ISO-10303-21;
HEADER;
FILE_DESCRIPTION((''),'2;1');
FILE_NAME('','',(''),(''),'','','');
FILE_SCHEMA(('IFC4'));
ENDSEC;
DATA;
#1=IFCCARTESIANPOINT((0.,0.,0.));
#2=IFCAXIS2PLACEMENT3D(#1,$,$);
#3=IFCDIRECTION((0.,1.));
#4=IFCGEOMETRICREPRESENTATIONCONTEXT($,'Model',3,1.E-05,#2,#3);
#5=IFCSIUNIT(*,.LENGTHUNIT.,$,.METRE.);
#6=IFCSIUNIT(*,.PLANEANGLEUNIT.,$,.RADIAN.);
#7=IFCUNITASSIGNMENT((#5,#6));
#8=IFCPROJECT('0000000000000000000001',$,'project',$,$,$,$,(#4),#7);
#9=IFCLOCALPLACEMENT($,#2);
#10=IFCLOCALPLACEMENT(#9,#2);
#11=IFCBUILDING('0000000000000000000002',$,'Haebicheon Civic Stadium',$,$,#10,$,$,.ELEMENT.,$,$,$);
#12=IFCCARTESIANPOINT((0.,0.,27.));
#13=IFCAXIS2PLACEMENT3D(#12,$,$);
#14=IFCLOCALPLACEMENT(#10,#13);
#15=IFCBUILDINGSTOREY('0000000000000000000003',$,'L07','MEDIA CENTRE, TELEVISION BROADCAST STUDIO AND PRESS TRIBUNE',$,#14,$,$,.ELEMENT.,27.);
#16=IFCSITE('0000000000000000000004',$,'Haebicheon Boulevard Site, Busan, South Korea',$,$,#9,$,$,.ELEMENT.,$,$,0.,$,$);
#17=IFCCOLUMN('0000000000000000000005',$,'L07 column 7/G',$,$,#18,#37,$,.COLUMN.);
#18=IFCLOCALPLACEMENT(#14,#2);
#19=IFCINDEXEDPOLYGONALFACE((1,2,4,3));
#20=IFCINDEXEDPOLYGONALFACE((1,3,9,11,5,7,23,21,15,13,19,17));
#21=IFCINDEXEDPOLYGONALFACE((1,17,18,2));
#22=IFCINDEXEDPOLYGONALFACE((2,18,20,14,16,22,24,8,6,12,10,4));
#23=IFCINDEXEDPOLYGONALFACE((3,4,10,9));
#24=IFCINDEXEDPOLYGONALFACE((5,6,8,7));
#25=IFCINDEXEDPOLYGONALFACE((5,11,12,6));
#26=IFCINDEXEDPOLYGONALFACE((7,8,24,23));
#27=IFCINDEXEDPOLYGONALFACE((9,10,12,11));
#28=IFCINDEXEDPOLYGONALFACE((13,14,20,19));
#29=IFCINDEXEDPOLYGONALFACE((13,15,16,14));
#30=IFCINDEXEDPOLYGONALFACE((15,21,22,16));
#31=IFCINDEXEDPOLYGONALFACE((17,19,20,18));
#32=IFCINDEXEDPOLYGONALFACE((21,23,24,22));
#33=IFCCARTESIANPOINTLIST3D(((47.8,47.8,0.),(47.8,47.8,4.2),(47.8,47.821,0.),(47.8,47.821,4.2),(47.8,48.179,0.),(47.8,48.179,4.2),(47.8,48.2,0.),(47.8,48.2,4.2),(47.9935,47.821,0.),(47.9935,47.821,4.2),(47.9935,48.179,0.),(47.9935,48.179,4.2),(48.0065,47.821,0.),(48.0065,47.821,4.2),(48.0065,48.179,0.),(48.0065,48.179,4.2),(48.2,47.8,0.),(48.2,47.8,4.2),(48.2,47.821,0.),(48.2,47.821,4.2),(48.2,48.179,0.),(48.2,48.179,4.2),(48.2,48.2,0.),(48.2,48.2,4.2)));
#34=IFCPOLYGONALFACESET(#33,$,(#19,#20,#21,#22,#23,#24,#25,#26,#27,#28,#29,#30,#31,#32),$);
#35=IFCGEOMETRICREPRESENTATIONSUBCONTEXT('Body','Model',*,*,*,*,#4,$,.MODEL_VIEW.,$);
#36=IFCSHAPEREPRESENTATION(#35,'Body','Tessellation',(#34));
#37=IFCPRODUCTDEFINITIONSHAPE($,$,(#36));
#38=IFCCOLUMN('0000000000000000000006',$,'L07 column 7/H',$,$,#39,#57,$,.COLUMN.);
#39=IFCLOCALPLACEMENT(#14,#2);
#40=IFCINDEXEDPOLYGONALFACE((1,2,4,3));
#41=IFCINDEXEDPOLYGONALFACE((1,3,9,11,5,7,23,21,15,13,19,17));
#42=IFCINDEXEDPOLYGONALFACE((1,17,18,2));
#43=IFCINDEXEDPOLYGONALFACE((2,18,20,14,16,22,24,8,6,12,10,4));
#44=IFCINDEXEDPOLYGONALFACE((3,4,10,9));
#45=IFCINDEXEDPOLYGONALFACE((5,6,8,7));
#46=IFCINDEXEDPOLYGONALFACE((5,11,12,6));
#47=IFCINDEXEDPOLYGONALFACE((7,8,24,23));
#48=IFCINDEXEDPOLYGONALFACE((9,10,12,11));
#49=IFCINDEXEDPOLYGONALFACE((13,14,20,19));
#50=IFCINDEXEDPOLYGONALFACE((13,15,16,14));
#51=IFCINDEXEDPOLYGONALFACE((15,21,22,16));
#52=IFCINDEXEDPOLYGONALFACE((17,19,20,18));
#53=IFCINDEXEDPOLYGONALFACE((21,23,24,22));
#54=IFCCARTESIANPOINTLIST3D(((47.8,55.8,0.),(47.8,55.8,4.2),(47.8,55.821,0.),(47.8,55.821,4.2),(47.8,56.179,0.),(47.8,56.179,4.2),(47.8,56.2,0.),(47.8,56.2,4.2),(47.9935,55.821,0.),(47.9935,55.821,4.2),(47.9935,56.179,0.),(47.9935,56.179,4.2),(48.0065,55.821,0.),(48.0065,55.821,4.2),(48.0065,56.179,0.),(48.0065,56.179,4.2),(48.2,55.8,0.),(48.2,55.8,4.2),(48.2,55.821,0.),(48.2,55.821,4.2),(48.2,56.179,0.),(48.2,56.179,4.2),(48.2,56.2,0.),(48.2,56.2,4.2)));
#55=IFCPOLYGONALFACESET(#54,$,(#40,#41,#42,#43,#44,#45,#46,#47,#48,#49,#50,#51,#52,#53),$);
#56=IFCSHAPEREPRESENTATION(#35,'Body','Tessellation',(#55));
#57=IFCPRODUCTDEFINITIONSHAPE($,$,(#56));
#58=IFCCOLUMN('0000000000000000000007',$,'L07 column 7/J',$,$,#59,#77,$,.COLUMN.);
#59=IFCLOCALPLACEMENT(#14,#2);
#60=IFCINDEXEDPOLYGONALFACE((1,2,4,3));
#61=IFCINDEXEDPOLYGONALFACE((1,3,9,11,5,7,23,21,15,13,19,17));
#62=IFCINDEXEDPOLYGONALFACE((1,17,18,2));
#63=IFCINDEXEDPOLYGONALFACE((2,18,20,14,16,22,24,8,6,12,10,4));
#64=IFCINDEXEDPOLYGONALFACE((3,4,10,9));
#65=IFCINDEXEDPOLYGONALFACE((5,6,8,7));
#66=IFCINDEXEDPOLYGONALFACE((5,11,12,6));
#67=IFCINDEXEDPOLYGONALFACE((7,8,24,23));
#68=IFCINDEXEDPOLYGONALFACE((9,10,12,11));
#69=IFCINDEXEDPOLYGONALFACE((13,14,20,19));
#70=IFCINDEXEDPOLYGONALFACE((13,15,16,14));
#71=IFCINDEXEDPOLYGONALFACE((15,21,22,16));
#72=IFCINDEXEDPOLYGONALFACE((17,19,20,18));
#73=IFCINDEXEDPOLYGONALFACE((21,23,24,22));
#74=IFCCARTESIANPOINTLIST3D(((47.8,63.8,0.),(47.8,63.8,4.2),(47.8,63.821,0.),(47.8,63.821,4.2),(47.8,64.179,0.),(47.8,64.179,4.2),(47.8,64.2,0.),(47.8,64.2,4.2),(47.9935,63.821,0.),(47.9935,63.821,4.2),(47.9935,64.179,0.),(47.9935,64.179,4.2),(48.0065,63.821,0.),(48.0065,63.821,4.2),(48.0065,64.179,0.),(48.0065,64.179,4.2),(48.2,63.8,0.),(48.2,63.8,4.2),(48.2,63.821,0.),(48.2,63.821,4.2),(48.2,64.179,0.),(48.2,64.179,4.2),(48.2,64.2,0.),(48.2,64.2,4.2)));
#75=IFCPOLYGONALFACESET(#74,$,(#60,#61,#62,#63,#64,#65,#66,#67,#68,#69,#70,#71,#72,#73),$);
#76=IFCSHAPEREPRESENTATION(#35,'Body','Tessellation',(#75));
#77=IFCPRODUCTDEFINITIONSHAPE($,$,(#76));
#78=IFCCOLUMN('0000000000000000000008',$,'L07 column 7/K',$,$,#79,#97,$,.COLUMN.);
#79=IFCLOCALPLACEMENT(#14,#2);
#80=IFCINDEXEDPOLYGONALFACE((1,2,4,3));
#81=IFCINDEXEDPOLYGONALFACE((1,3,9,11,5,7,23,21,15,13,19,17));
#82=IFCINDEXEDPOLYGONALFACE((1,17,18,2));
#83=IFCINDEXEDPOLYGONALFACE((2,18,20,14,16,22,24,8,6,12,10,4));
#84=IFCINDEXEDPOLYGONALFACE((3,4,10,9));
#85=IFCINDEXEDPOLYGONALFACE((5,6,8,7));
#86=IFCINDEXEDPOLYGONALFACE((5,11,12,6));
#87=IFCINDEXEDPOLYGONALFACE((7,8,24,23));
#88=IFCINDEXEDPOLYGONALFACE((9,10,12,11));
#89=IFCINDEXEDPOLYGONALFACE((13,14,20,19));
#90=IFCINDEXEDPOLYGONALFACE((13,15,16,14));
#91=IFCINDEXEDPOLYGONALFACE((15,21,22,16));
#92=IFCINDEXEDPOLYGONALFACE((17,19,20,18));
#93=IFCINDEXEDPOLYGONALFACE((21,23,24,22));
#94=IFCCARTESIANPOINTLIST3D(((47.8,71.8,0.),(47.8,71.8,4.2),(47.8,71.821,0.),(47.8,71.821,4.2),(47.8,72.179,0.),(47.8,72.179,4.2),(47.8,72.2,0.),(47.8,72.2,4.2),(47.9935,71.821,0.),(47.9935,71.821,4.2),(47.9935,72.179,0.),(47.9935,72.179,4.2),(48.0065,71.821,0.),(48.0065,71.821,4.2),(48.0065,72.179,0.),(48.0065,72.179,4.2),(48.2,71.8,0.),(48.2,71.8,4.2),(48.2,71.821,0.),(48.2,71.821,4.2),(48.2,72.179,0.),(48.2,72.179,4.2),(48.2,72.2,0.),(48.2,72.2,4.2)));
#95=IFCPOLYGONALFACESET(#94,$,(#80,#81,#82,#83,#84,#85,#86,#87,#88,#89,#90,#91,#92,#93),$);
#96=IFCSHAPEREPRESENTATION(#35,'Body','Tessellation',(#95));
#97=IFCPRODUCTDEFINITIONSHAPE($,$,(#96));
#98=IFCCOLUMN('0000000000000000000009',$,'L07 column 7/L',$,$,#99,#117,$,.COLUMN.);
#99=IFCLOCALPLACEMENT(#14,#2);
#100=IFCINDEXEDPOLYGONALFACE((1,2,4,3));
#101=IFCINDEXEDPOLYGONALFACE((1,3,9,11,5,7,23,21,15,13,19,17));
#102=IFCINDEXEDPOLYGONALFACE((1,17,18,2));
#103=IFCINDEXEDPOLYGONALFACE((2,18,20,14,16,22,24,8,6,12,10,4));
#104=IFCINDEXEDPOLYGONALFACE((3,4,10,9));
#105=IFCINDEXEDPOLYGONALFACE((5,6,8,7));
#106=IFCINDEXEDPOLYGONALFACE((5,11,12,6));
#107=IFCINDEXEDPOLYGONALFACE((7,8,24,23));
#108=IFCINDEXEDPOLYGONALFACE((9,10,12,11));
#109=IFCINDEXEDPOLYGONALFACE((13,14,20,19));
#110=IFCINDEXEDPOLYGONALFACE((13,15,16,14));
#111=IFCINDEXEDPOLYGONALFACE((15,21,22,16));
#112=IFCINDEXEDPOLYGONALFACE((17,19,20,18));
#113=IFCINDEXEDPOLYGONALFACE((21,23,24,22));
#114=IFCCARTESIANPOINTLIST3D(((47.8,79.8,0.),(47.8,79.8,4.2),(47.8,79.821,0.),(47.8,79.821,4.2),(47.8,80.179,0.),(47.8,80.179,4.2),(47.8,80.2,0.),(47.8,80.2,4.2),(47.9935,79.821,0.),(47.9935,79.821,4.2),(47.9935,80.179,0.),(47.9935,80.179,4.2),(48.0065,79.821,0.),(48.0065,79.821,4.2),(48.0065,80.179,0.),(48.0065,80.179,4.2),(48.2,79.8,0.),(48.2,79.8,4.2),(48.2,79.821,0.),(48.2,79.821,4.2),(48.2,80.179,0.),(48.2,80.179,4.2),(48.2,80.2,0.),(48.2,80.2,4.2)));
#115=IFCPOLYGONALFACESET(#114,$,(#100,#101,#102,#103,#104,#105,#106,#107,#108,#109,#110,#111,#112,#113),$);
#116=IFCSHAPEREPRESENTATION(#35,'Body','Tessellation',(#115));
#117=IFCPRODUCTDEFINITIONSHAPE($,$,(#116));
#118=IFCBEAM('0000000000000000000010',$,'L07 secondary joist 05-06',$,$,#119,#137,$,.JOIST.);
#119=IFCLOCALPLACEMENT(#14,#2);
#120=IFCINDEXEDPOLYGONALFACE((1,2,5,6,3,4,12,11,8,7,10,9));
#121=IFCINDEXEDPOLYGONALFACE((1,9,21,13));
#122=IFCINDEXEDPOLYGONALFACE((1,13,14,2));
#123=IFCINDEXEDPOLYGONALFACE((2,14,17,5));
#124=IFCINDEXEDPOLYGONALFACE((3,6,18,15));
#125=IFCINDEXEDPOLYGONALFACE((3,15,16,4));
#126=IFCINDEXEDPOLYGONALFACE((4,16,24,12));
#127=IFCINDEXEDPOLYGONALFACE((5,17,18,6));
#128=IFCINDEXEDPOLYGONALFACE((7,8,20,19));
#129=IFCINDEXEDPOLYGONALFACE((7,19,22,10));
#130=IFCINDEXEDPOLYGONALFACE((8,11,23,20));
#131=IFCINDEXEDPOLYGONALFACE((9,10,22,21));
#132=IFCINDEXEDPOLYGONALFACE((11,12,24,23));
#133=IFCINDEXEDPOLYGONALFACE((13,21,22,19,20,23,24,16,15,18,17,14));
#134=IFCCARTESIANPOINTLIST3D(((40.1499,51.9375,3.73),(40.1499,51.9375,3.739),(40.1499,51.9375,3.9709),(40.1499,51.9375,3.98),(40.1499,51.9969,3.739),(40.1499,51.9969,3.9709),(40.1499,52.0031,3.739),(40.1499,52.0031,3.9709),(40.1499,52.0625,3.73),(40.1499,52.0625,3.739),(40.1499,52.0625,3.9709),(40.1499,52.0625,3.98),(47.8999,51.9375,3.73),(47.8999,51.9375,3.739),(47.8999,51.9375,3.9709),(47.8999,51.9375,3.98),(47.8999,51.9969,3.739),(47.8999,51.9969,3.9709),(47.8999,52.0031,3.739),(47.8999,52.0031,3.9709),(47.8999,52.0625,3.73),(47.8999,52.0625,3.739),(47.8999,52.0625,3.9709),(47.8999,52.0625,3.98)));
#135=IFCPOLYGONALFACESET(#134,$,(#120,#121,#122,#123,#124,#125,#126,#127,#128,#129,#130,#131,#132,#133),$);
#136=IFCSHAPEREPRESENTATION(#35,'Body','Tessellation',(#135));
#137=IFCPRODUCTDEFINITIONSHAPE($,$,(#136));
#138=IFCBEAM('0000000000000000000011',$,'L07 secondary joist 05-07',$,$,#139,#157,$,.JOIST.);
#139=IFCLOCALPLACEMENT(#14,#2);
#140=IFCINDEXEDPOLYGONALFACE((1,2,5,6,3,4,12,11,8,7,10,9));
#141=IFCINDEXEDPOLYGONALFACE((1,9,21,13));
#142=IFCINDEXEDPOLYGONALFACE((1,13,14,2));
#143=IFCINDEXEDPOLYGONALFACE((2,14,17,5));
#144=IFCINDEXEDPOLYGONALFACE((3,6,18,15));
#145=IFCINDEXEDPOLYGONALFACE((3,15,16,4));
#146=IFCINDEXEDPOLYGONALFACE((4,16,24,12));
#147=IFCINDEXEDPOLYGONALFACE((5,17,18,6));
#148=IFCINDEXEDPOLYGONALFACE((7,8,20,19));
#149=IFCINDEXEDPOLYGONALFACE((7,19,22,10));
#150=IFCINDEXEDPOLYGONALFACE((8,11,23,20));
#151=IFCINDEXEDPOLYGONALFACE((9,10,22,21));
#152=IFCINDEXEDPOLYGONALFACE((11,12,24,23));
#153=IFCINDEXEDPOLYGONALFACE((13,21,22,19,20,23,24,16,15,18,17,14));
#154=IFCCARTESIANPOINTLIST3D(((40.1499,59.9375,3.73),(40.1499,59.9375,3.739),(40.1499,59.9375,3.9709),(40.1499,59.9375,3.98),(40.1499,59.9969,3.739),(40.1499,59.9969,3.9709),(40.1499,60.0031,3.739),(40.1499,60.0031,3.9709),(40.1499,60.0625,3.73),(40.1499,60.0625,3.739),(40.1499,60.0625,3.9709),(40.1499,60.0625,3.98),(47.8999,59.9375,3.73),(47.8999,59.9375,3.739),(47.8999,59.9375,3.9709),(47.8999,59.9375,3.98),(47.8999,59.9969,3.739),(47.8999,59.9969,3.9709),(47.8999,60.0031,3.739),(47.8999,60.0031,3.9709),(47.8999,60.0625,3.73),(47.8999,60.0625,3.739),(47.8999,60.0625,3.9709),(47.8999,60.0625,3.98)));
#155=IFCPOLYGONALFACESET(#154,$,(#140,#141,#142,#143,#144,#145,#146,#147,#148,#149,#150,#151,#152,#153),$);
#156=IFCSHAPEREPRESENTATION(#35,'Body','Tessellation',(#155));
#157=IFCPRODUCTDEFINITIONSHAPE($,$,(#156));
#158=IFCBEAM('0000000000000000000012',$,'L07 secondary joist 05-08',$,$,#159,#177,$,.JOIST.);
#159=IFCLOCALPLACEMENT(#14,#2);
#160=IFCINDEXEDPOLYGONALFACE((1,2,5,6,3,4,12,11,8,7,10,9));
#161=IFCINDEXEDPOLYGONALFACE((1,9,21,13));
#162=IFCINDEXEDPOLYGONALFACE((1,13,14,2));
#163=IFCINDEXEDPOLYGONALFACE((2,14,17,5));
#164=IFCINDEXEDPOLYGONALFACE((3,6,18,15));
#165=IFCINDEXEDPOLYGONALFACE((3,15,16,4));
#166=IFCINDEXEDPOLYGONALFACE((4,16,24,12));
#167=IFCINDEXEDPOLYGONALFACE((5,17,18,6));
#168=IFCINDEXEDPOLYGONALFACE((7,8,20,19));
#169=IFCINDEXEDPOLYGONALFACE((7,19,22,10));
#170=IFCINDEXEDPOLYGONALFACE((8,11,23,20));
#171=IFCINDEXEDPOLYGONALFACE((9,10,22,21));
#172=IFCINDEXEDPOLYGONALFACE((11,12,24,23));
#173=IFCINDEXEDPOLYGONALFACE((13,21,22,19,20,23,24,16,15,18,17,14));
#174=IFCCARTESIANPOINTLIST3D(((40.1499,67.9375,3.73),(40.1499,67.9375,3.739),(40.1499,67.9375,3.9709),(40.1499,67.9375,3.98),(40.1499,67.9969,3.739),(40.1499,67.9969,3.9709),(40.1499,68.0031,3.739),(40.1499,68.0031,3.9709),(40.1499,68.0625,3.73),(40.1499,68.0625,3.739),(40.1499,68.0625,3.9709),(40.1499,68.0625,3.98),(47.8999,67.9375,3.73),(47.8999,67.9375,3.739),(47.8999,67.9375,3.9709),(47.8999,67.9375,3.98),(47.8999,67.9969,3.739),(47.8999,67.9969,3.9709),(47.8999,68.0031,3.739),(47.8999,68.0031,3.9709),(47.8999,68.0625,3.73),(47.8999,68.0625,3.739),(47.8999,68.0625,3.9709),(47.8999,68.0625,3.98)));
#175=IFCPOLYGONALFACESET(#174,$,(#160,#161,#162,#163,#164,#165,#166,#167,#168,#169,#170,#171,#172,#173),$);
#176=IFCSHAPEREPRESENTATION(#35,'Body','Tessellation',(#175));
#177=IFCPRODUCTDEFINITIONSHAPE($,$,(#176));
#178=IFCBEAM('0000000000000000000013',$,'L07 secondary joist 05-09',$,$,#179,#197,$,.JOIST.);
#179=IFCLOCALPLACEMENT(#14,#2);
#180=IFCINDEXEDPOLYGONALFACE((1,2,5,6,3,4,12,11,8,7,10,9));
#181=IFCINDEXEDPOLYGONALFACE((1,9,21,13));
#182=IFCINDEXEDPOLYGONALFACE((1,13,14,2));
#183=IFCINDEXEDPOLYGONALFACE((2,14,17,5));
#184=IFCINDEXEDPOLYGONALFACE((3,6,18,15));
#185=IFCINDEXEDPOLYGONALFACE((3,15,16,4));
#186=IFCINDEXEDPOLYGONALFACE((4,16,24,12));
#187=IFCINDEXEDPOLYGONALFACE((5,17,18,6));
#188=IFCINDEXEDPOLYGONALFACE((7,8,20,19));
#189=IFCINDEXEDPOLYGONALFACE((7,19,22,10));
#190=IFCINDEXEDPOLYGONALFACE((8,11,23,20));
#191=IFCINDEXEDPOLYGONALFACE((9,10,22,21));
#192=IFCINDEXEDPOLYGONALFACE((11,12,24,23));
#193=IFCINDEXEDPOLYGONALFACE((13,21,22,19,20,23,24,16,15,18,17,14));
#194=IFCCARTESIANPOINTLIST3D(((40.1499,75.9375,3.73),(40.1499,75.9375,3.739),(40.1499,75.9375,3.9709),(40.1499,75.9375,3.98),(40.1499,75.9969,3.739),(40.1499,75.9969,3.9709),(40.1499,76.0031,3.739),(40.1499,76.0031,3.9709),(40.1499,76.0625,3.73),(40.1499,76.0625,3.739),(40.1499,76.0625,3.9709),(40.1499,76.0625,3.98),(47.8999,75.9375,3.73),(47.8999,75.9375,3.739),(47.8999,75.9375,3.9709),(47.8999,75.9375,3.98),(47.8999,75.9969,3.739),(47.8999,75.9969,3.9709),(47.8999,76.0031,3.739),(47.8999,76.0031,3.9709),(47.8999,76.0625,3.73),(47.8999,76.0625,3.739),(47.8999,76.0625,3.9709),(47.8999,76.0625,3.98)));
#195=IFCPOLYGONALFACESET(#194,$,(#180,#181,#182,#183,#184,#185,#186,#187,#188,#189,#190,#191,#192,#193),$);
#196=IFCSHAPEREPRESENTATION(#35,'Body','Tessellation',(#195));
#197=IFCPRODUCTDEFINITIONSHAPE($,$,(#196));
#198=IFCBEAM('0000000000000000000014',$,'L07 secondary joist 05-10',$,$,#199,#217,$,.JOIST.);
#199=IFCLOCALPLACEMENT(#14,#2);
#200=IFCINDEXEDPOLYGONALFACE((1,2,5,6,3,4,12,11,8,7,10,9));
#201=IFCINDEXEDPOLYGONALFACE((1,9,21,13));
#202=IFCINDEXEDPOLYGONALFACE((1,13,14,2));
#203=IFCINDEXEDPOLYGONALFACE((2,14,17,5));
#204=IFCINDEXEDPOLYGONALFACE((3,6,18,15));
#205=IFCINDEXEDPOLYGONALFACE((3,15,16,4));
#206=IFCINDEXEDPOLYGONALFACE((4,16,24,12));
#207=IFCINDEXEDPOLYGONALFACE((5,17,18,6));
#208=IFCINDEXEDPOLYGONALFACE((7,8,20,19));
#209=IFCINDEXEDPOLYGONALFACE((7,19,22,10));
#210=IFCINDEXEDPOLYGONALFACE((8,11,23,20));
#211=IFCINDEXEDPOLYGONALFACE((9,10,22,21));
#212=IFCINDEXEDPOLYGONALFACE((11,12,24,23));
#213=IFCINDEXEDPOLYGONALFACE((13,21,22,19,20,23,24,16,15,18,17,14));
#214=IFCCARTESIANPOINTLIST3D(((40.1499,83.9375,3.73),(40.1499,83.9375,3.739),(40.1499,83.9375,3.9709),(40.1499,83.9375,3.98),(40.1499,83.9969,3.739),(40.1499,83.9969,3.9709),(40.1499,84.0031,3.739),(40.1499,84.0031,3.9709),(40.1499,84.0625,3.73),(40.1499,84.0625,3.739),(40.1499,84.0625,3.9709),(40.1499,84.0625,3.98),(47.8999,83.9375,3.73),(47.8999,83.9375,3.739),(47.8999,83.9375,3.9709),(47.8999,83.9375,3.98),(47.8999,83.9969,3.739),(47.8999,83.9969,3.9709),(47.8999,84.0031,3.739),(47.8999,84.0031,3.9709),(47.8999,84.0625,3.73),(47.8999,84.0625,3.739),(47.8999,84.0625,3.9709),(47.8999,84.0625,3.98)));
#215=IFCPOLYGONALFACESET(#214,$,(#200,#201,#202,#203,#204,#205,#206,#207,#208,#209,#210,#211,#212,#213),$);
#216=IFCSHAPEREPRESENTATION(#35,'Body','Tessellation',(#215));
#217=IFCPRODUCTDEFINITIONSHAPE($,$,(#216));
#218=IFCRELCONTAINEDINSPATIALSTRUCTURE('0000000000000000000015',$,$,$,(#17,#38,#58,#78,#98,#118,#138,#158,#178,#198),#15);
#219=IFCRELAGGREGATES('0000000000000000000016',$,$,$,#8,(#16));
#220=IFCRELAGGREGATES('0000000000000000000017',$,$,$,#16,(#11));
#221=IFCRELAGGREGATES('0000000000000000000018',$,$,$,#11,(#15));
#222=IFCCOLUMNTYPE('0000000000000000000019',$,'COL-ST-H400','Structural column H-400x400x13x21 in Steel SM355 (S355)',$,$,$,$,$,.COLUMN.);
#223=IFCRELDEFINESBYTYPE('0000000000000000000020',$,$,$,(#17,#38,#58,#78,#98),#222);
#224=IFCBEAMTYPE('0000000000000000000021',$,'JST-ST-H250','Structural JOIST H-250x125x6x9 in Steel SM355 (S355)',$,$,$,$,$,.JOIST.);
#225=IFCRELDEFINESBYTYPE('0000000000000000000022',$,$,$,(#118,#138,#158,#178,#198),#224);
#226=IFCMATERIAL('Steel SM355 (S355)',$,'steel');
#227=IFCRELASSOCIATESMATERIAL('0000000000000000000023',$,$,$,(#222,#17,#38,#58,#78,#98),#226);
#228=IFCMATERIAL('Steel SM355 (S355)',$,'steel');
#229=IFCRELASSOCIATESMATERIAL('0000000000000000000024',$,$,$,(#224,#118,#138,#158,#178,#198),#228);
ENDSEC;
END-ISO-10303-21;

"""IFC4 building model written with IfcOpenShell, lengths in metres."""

from ifc_helpers import new_model, si_unit, direction, frame, origin, origin_2d, place, context, subcontext, project, spatial, i_section, extrude, material, material_profile, profile_set, type_object, element, save


model = new_model("IFC4")

# Units and contexts
model_context = context("Model", 3, precision=1e-05, world=origin(), true_north=direction((0.0, 1.0)))
body_context = subcontext(model_context, "Body", "Model", "MODEL_VIEW")
ifc_project = project(units=[si_unit("LENGTHUNIT", "METRE"), si_unit("PLANEANGLEUNIT", "RADIAN")], contexts=[model_context])

# Site, building, storey
site_placement = place(None, origin())
site = spatial("IfcSite", under=ifc_project, at=site_placement, Name="Haebicheon Boulevard Site, Busan, South Korea", CompositionType="ELEMENT", RefElevation=0.0)
building_placement = place(site_placement, origin())
building = spatial("IfcBuilding", under=site, at=building_placement, Name="Haebicheon Civic Stadium", CompositionType="ELEMENT")
storey_placement = place(building_placement, frame((0.0, 0.0, 27.0)))
storey = spatial("IfcBuildingStorey", under=building, at=storey_placement, Name="L07", Description="MEDIA CENTRE, TELEVISION BROADCAST STUDIO AND PRESS TRIBUNE", CompositionType="ELEMENT", Elevation=27.0)

# Columns
ifc_material_1 = material(Name="Steel SM355 (S355)", Category="steel")
ifc_material_profile_1 = material_profile(ifc_material_1, i_section(OverallWidth=0.3999, OverallDepth=0.3999, WebThickness=0.0129, FlangeThickness=0.021, at=origin_2d()), Name="H-400x400x13x21")
ifc_profile_set_1 = profile_set([ifc_material_profile_1], Name="Steel SM355 (S355)")
column_type = type_object("IfcColumnType", Name="COL-ST-H400", Description="Structural column H-400x400x13x21 in Steel SM355 (S355)", PredefinedType="COLUMN", material=ifc_profile_set_1)
for number, where, z_axis, x_axis, name in (
    (1, (48.0, 48.0, 0.0), (0.0, 0.0, 1.0), (1.0, 0.0, 0.0), "L07 column 7/G"),
    (2, (48.0, 56.0, 0.0), (0.0, 0.0, 1.0), (1.0, 0.0, 0.0), "L07 column 7/H"),
    (3, (48.0, 64.0, 0.0), (0.0, 0.0, 1.0), (1.0, 0.0, 0.0), "L07 column 7/J"),
    (4, (48.0, 72.0, 0.0), (0.0, 0.0, 1.0), (1.0, 0.0, 0.0), "L07 column 7/K"),
    (5, (48.0, 80.0, 0.0), (0.0, 0.0, 1.0), (1.0, 0.0, 0.0), "L07 column 7/L"),
):
    element("IfcColumn", number, at=place(storey_placement, frame(where, z_axis=z_axis, x_axis=x_axis)), inside=storey, type_object=column_type, material=ifc_profile_set_1, Name=name, PredefinedType="COLUMN", context=body_context, shape_type="SweptSolid", body=[
        extrude(i_section(OverallWidth=0.3999, OverallDepth=0.3999, WebThickness=0.0129, FlangeThickness=0.021, at=origin_2d()), origin(), (0.0, 0.0, 1.0), 4.2),
    ])

# Beams
ifc_material_2 = material(Name="Steel SM355 (S355)", Category="steel")
ifc_material_profile_2 = material_profile(ifc_material_2, i_section(OverallWidth=0.125, OverallDepth=0.25, WebThickness=0.0061, FlangeThickness=0.009, at=origin_2d()), Name="H-250x125x6x9")
ifc_profile_set_2 = profile_set([ifc_material_profile_2], Name="Steel SM355 (S355)")
beam_type_1 = type_object("IfcBeamType", Name="JST-ST-H250", Description="Structural JOIST H-250x125x6x9 in Steel SM355 (S355)", PredefinedType="JOIST", material=ifc_profile_set_2)
for number, where, z_axis, x_axis, name in (
    (6, (40.1499, 52.0, 3.855), (1.0, 0.0, 0.0), (0.0, 1.0, 0.0), "L07 secondary joist 05-06"),
    (7, (40.1499, 60.0, 3.855), (1.0, 0.0, 0.0), (0.0, 1.0, 0.0), "L07 secondary joist 05-07"),
    (8, (40.1499, 68.0, 3.855), (1.0, 0.0, 0.0), (0.0, 1.0, 0.0), "L07 secondary joist 05-08"),
    (9, (40.1499, 76.0, 3.855), (1.0, 0.0, 0.0), (0.0, 1.0, 0.0), "L07 secondary joist 05-09"),
    (10, (40.1499, 84.0, 3.855), (1.0, 0.0, 0.0), (0.0, 1.0, 0.0), "L07 secondary joist 05-10"),
):
    element("IfcBeam", number, at=place(storey_placement, frame(where, z_axis=z_axis, x_axis=x_axis)), inside=storey, type_object=beam_type_1, material=ifc_profile_set_2, Name=name, PredefinedType="JOIST", context=body_context, shape_type="SweptSolid", body=[
        extrude(i_section(OverallWidth=0.125, OverallDepth=0.25, WebThickness=0.0061, FlangeThickness=0.009, at=origin_2d()), origin(), (0.0, 0.0, 1.0), 7.75),
    ])

save(model, "model.ifc")
